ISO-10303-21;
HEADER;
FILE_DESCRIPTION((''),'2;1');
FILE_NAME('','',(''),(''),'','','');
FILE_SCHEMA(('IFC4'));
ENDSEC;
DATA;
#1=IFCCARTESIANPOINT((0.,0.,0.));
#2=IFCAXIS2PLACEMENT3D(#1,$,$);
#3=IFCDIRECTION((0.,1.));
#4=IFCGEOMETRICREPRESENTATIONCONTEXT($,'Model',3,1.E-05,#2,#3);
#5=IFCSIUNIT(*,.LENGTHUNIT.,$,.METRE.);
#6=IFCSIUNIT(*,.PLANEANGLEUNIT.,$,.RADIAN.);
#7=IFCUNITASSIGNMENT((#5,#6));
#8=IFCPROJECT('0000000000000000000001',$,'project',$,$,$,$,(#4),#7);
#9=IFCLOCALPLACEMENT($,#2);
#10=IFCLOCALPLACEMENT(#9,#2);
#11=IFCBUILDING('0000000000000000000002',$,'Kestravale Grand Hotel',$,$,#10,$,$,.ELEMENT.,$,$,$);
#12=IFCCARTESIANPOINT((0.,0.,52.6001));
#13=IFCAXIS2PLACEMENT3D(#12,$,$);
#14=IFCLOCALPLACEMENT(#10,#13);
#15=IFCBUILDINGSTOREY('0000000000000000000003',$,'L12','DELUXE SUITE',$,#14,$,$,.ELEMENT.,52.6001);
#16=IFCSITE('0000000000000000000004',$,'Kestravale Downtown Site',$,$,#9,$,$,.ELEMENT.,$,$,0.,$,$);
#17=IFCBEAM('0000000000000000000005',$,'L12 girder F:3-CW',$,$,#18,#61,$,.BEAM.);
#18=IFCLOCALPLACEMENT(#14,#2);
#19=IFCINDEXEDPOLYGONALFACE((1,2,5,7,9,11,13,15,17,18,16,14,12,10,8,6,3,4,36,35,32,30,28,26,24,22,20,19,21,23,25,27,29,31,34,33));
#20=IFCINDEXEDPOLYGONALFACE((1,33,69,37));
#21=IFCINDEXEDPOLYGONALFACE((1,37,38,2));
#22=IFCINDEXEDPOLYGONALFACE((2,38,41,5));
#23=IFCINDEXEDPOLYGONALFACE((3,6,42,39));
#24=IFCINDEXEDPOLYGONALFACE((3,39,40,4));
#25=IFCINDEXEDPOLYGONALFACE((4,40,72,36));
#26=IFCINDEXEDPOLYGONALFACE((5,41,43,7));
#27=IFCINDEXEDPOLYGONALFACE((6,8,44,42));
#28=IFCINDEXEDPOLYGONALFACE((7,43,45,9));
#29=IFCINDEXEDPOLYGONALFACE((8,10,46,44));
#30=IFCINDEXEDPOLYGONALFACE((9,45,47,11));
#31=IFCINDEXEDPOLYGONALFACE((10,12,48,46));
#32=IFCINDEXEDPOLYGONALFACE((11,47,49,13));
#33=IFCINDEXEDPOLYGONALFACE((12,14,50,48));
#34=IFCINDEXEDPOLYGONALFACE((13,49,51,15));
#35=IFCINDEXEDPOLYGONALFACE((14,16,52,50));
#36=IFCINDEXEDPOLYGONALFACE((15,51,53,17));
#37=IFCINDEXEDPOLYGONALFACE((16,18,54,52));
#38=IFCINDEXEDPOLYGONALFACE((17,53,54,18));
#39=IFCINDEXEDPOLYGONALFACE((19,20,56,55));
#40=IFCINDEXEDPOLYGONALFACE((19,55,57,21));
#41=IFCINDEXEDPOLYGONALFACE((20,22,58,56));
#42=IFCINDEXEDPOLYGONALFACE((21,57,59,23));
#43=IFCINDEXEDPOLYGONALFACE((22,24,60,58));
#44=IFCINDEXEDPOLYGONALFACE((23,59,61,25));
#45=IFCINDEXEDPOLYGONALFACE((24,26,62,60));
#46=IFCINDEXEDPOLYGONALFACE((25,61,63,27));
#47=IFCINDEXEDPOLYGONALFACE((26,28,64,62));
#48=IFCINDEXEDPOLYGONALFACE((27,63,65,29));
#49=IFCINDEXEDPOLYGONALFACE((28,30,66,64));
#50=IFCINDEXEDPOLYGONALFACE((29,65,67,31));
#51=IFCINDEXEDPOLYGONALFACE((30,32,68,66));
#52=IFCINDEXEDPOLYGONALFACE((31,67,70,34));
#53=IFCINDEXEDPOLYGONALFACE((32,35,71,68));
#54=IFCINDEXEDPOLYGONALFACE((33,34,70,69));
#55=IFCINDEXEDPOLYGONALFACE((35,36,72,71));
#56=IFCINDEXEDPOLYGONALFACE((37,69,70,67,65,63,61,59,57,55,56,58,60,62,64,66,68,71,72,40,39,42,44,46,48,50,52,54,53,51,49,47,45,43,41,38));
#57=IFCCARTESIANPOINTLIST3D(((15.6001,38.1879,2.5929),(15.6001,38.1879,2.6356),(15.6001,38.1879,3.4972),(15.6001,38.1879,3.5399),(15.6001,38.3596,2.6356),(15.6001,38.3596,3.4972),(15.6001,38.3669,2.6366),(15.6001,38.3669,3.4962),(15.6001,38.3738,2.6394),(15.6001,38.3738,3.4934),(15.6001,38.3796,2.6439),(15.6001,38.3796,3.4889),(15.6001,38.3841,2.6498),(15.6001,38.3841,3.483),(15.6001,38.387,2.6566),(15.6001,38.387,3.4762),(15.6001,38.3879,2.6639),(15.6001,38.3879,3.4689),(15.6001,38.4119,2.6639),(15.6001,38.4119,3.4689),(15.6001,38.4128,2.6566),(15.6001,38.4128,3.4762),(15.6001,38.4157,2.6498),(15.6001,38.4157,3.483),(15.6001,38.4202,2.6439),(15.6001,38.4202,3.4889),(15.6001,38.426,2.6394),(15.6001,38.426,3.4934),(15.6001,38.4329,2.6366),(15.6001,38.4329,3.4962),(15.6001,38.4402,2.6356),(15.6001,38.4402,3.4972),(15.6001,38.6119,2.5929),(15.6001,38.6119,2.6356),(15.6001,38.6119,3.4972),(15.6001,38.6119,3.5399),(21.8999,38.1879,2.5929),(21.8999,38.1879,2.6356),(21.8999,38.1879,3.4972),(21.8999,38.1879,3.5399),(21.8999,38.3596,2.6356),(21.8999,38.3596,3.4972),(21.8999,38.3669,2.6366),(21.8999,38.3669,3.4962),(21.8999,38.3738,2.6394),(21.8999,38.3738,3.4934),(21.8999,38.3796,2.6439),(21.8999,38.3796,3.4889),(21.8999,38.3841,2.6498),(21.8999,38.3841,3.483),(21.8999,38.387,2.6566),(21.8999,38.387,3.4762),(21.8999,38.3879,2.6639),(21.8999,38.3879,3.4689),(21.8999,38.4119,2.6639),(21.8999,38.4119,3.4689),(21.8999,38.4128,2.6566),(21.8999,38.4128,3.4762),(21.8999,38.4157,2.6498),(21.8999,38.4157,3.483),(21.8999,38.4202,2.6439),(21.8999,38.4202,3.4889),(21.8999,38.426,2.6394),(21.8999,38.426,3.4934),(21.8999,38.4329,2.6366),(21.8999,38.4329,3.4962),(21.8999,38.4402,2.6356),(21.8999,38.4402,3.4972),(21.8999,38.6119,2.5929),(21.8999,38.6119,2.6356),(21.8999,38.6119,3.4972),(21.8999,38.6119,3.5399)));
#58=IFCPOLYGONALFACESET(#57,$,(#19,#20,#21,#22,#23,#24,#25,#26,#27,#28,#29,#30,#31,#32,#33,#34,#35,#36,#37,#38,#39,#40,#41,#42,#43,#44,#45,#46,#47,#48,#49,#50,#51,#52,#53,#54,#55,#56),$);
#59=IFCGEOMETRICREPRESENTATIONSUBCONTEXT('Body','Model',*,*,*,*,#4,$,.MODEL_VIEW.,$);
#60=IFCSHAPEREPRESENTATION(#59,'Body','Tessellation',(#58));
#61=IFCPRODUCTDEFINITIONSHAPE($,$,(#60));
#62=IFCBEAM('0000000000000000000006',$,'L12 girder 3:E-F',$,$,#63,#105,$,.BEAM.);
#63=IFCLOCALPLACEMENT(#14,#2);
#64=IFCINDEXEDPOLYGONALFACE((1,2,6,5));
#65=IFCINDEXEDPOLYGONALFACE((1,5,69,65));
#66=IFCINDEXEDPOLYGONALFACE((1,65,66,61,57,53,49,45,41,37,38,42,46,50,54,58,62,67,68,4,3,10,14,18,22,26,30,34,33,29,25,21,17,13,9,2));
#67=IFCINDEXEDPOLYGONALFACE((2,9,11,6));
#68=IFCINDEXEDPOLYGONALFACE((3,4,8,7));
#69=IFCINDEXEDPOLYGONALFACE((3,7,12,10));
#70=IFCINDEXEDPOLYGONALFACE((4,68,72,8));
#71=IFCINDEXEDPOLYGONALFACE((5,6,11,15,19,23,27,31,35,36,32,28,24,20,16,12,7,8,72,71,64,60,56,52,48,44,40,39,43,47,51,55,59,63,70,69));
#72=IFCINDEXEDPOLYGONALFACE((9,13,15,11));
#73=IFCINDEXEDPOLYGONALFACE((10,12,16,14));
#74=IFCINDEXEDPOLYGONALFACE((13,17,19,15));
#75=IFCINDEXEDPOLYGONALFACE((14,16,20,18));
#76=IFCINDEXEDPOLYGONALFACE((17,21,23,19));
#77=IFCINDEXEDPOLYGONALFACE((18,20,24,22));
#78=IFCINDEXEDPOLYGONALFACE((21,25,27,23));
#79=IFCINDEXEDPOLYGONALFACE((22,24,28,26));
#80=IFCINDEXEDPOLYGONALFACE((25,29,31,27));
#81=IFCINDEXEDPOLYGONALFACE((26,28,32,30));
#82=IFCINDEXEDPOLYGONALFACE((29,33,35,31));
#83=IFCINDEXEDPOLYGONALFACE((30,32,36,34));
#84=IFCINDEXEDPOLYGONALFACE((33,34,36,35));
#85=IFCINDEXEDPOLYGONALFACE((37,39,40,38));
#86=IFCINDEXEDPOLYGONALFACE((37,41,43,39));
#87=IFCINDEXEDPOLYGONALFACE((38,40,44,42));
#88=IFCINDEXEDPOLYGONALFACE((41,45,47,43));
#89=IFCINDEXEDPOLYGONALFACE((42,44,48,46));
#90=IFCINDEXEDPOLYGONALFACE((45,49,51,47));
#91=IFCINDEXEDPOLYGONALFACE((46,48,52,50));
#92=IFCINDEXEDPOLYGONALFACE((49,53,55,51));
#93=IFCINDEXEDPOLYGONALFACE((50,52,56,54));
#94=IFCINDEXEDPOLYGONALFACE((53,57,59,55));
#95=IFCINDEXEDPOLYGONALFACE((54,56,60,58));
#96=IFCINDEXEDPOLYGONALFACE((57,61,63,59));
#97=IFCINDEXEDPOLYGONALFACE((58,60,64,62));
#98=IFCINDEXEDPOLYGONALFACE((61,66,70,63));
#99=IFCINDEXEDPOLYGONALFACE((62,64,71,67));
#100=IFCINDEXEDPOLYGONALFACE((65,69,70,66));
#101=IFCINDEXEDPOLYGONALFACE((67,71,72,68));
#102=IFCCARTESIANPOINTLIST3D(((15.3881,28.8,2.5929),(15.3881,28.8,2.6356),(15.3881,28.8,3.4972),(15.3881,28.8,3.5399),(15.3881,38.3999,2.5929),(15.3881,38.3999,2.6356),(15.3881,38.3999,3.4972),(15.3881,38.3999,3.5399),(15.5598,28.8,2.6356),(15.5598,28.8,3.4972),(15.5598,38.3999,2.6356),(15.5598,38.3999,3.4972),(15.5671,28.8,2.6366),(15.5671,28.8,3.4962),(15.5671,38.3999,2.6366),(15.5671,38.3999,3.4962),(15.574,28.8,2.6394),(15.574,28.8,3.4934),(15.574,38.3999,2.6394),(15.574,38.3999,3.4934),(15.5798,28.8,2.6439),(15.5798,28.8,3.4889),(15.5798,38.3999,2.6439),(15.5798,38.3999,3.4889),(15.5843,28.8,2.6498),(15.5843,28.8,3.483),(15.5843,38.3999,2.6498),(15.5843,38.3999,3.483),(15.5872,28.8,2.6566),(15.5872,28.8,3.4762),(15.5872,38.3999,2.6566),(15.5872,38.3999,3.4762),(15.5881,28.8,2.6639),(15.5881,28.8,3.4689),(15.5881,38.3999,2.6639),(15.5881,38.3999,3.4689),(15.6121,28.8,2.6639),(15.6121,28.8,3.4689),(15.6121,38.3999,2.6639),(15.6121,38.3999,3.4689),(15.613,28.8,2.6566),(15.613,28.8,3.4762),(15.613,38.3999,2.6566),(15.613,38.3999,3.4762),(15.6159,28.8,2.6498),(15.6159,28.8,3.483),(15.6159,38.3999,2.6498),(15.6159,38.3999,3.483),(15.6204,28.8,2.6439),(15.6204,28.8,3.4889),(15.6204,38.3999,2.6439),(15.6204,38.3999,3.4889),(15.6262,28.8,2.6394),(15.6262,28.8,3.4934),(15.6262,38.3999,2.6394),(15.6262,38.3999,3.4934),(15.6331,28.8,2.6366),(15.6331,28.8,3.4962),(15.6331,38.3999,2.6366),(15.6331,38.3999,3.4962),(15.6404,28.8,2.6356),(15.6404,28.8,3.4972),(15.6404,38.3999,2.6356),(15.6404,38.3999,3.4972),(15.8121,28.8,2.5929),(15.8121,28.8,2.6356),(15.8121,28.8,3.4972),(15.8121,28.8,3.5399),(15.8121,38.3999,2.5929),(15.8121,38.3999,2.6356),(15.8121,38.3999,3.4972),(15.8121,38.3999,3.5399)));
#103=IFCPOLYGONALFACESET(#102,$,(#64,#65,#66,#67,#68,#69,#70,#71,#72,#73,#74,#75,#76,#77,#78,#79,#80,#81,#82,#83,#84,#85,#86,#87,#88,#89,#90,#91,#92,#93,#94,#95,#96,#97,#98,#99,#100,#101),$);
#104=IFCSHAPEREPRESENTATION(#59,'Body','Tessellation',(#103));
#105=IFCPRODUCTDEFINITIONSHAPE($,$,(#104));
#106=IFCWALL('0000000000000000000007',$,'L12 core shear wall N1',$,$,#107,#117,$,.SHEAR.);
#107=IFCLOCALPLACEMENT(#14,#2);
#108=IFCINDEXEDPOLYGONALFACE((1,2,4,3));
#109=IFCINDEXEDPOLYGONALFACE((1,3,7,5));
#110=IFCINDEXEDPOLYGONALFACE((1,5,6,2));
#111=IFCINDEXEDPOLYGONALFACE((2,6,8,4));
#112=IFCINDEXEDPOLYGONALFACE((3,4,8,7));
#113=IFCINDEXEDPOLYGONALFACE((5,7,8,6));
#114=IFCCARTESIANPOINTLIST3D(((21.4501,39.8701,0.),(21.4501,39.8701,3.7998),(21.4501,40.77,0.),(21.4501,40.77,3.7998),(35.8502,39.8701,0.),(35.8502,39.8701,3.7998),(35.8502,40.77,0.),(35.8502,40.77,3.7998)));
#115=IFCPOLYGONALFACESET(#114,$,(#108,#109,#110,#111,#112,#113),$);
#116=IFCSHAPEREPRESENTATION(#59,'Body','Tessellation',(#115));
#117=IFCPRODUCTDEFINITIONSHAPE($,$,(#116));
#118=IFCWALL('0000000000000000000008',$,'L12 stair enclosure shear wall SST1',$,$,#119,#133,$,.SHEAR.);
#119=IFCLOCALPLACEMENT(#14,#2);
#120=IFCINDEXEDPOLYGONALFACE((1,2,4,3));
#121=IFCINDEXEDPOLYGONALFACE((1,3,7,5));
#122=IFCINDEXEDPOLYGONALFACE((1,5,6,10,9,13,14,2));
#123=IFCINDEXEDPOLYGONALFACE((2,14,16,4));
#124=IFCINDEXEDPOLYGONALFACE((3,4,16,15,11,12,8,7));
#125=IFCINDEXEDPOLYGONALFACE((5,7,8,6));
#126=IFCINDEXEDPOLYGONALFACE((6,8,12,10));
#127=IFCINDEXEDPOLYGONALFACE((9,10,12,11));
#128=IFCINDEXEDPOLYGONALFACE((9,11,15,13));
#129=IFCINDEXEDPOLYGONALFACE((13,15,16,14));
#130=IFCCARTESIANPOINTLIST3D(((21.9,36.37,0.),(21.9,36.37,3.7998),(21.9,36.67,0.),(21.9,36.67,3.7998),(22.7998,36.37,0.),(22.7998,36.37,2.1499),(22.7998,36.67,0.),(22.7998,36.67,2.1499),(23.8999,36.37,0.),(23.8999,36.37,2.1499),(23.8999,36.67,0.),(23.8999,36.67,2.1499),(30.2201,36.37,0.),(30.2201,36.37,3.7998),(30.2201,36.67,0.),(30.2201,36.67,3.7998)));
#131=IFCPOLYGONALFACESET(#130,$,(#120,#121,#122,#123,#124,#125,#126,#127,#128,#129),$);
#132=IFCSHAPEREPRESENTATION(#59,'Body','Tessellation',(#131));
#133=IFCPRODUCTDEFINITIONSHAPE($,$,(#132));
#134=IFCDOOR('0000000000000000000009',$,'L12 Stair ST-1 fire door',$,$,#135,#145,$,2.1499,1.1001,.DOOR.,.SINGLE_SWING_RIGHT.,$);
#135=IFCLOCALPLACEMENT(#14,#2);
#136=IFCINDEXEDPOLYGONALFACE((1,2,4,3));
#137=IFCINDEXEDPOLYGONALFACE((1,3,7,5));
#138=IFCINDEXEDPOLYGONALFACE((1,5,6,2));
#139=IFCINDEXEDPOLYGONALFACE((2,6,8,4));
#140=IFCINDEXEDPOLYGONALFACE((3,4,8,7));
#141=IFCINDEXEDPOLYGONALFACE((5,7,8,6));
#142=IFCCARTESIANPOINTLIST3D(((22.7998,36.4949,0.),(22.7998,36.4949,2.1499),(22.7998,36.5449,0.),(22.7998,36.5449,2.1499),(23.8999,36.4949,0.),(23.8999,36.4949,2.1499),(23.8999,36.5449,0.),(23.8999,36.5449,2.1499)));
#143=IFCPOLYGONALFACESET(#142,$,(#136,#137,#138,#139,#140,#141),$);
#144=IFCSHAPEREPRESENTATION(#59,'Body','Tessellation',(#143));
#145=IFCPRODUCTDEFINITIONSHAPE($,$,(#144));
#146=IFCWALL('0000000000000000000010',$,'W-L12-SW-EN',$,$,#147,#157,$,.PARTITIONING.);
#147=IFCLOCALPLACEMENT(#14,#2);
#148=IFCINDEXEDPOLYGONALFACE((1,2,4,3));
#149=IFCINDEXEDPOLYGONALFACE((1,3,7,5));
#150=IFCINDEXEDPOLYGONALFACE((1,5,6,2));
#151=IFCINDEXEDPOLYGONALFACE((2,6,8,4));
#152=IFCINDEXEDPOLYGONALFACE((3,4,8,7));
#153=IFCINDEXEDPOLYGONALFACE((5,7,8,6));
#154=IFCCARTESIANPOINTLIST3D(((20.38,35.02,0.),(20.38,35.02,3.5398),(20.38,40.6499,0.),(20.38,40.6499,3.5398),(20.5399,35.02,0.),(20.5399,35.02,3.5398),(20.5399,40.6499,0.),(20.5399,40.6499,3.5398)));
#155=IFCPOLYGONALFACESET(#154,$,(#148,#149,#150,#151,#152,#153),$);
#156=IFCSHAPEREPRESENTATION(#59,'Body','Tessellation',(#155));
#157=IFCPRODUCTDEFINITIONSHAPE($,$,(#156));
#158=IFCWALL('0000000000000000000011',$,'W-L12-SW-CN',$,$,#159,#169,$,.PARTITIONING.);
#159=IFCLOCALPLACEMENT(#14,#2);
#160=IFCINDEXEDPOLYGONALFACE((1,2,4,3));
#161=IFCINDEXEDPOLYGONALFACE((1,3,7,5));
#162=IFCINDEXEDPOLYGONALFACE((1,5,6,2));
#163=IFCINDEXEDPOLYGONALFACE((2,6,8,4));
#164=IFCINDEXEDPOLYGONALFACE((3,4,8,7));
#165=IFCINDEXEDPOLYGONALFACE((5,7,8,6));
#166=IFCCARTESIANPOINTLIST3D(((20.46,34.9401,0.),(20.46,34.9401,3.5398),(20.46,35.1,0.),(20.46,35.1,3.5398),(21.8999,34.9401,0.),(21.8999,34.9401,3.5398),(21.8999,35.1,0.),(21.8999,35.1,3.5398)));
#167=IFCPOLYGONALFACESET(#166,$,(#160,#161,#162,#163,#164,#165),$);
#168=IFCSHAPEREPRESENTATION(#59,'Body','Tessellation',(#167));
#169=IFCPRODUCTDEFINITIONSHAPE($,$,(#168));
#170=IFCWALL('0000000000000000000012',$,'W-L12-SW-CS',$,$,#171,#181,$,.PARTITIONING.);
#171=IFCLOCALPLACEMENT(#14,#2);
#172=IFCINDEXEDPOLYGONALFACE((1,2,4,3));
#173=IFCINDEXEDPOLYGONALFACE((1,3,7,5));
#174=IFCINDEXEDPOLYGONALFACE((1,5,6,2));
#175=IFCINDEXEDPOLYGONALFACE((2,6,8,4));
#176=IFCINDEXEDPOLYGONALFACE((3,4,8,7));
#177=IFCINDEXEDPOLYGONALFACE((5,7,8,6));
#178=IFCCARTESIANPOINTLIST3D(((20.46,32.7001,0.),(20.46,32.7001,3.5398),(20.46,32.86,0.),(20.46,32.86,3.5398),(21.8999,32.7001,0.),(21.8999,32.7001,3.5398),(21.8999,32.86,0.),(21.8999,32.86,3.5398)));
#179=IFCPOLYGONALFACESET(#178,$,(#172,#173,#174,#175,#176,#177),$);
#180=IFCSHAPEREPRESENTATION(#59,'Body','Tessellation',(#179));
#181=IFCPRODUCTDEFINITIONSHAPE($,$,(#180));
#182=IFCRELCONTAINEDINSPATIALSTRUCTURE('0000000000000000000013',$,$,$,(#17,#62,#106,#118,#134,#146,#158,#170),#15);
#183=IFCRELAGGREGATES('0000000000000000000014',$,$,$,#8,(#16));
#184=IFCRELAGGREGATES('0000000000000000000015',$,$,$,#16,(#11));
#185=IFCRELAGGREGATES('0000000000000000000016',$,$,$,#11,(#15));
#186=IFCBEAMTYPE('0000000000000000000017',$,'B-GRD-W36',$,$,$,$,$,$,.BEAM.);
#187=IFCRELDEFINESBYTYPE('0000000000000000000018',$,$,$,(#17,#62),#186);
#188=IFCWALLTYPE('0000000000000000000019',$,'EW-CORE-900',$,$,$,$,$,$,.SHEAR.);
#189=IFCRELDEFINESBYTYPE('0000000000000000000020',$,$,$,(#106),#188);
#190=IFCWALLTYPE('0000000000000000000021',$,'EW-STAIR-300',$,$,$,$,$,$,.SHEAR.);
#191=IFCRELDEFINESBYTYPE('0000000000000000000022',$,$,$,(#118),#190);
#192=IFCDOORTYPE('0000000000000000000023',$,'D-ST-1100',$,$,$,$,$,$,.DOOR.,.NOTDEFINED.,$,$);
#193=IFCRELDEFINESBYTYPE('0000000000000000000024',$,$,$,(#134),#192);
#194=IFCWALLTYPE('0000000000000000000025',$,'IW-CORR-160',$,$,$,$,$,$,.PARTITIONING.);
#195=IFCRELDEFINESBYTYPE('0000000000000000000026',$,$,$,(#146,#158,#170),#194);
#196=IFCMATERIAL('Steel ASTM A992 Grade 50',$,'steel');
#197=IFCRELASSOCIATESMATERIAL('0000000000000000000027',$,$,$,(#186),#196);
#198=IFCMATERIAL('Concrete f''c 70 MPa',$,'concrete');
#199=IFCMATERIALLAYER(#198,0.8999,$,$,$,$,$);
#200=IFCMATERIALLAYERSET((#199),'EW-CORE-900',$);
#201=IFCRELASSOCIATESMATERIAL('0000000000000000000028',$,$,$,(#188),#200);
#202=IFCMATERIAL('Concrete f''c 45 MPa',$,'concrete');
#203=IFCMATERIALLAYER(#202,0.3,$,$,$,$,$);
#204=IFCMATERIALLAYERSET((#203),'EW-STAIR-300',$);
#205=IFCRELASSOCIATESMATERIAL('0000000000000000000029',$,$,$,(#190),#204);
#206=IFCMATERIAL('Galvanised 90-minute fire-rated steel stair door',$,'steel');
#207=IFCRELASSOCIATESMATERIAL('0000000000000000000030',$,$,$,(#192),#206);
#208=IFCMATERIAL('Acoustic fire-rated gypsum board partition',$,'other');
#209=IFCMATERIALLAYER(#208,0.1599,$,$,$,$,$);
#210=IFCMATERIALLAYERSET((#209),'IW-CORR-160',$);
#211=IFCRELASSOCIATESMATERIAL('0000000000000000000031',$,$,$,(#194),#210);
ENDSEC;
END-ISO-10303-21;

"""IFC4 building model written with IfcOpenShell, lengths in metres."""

from ifc_helpers import new_model, si_unit, direction, frame, frame_2d, origin, origin_2d, place, context, subcontext, project, spatial, rectangle, i_section, extrude, material, layer, layer_set, material_profile, profile_set, type_object, element, fill, save


model = new_model("IFC4")

# Units and contexts
model_context = context("Model", 3, precision=1e-05, world=origin(), true_north=direction((0.0, 1.0)))
body_context = subcontext(model_context, "Body", "Model", "MODEL_VIEW")
ifc_project = project(units=[si_unit("LENGTHUNIT", "METRE"), si_unit("PLANEANGLEUNIT", "RADIAN")], contexts=[model_context])

# Site, building, storey
site_placement = place(None, origin())
site = spatial("IfcSite", under=ifc_project, at=site_placement, Name="Kestravale Downtown Site", CompositionType="ELEMENT", RefElevation=0.0)
building_placement = place(site_placement, origin())
building = spatial("IfcBuilding", under=site, at=building_placement, Name="Kestravale Grand Hotel", CompositionType="ELEMENT")
storey_placement = place(building_placement, frame((0.0, 0.0, 52.6001)))
storey = spatial("IfcBuildingStorey", under=building, at=storey_placement, Name="L12", Description="DELUXE SUITE", CompositionType="ELEMENT", Elevation=52.6001)

# Beams
ifc_material_1 = material(Name="Steel ASTM A992 Grade 50", Category="steel")
ifc_material_profile_1 = material_profile(ifc_material_1, i_section(OverallWidth=0.4241, OverallDepth=0.947, WebThickness=0.0239, FlangeThickness=0.0427, FilletRadius=0.0283, at=origin_2d()))
ifc_profile_set_1 = profile_set([ifc_material_profile_1], Name="Steel ASTM A992 Grade 50")
beam_type_1 = type_object("IfcBeamType", Name="B-GRD-W36", PredefinedType="BEAM", material=ifc_profile_set_1)
for number, where, z_axis, x_axis, name in (
    (1, (15.6001, 38.3999, 3.0664), (1.0, 0.0, 0.0), (0.0, 1.0, 0.0), "L12 girder F:3-CW"),
):
    element("IfcBeam", number, at=place(storey_placement, frame(where, z_axis=z_axis, x_axis=x_axis)), inside=storey, type_object=beam_type_1, Name=name, PredefinedType="BEAM", context=body_context, shape_type="SweptSolid", body=[
        extrude(i_section(OverallWidth=0.4241, OverallDepth=0.947, WebThickness=0.0239, FlangeThickness=0.0427, FilletRadius=0.0283, at=origin_2d()), origin(), (0.0, 0.0, 1.0), 6.2998),
    ])
beam_1_placement = place(storey_placement, frame((15.6001, 28.8, 3.0664), z_axis=(0.0, 1.0, 0.0), x_axis=(-1.0, 0.0, 0.0)))
element("IfcBeam", 2, at=beam_1_placement, inside=storey, type_object=beam_type_1, Name="L12 girder 3:E-F", PredefinedType="BEAM", context=body_context, shape_type="SweptSolid", body=[
    extrude(i_section(OverallWidth=0.4241, OverallDepth=0.947, WebThickness=0.0239, FlangeThickness=0.0427, FilletRadius=0.0283, at=origin_2d()), origin(), (0.0, 0.0, 1.0), 9.5999),
])

# Wall
ifc_material_2 = material(Name="Concrete f'c 70 MPa", Category="concrete")
ifc_layer_1 = layer(ifc_material_2, 0.8999)
ifc_layer_set_1 = layer_set([ifc_layer_1], Name="EW-CORE-900")
wall_type_1 = type_object("IfcWallType", Name="EW-CORE-900", PredefinedType="SHEAR", material=ifc_layer_set_1)
wall_1_placement = place(storey_placement, frame((21.45, 40.3201, 0.0), z_axis=(0.0, 0.0, 1.0), x_axis=(1.0, 0.0, 0.0)))
element("IfcWall", 3, at=wall_1_placement, inside=storey, type_object=wall_type_1, Name="L12 core shear wall N1", PredefinedType="SHEAR", context=body_context, shape_type="SweptSolid", body=[
    extrude(rectangle(XDim=14.4001, YDim=0.8999, at=frame_2d((7.2002, 0.0))), origin(), (0.0, 0.0, 1.0), 3.7998),
])

# Wall, opening, door
ifc_material_3 = material(Name="Concrete f'c 45 MPa", Category="concrete")
ifc_layer_2 = layer(ifc_material_3, 0.3)
ifc_layer_set_2 = layer_set([ifc_layer_2], Name="EW-STAIR-300")
wall_type_2 = type_object("IfcWallType", Name="EW-STAIR-300", PredefinedType="SHEAR", material=ifc_layer_set_2)
wall_2_placement = place(storey_placement, frame((21.8999, 36.52, 0.0), z_axis=(0.0, 0.0, 1.0), x_axis=(1.0, 0.0, 0.0)))
wall_2 = element("IfcWall", 4, at=wall_2_placement, inside=storey, type_object=wall_type_2, Name="L12 stair enclosure shear wall SST1", PredefinedType="SHEAR", context=body_context, shape_type="SweptSolid", body=[
    extrude(rectangle(XDim=8.3201, YDim=0.3, at=frame_2d((4.1602, 0.0))), origin(), (0.0, 0.0, 1.0), 3.7998),
])
opening_1_placement = place(wall_2_placement, frame((0.8999, 0.0, 0.0)))
opening_1 = element("IfcOpeningElement", 5, at=opening_1_placement, cuts=wall_2, PredefinedType="OPENING", context=body_context, shape_type="SweptSolid", body=[
    extrude(rectangle(XDim=1.1001, YDim=2.1499, at=frame_2d((0.55, 1.075))), frame((0.0, 0.1599, 0.0), z_axis=(0.0, -1.0, 0.0), x_axis=(1.0, 0.0, 0.0)), (0.0, 0.0, 1.0), 0.3201),
])
ifc_material_4 = material(Name="Galvanised 90-minute fire-rated steel stair door", Category="steel")
door_type_1 = type_object("IfcDoorType", Name="D-ST-1100", OperationType="NOTDEFINED", PredefinedType="DOOR", material=ifc_material_4)
door_1_placement = place(opening_1_placement, origin())
door_1 = element("IfcDoor", 6, at=door_1_placement, inside=storey, type_object=door_type_1, Name="L12 Stair ST-1 fire door", OperationType="SINGLE_SWING_RIGHT", OverallHeight=2.1499, OverallWidth=1.1001, PredefinedType="DOOR", context=body_context, shape_type="SweptSolid", body=[
    extrude(rectangle(XDim=1.1001, YDim=2.1499, at=frame_2d((0.55, 1.075))), frame((0.0, 0.0249, 0.0), z_axis=(0.0, -1.0, 0.0), x_axis=(1.0, 0.0, 0.0)), (0.0, 0.0, 1.0), 0.05),
])
fill(opening_1, door_1)

# Walls
ifc_material_5 = material(Name="Acoustic fire-rated gypsum board partition", Category="other")
ifc_layer_3 = layer(ifc_material_5, 0.1599)
ifc_layer_set_3 = layer_set([ifc_layer_3], Name="IW-CORR-160")
wall_type_3 = type_object("IfcWallType", Name="IW-CORR-160", PredefinedType="PARTITIONING", material=ifc_layer_set_3)
wall_3_placement = place(storey_placement, frame((20.46, 35.02, 0.0), z_axis=(0.0, 0.0, 1.0), x_axis=(0.0, 1.0, 0.0)))
element("IfcWall", 7, at=wall_3_placement, inside=storey, type_object=wall_type_3, Name="W-L12-SW-EN", PredefinedType="PARTITIONING", context=body_context, shape_type="SweptSolid", body=[
    extrude(rectangle(XDim=5.6299, YDim=0.1599, at=frame_2d((2.8149, 0.0))), origin(), (0.0, 0.0, 1.0), 3.5398),
])
for number, where, z_axis, x_axis, name in (
    (8, (20.46, 35.02, 0.0), (0.0, 0.0, 1.0), (1.0, 0.0, 0.0), "W-L12-SW-CN"),
    (9, (20.46, 32.78, 0.0), (0.0, 0.0, 1.0), (1.0, 0.0, 0.0), "W-L12-SW-CS"),
):
    element("IfcWall", number, at=place(storey_placement, frame(where, z_axis=z_axis, x_axis=x_axis)), inside=storey, type_object=wall_type_3, Name=name, PredefinedType="PARTITIONING", context=body_context, shape_type="SweptSolid", body=[
        extrude(rectangle(XDim=1.4399, YDim=0.1599, at=frame_2d((0.72, 0.0))), origin(), (0.0, 0.0, 1.0), 3.5398),
    ])

save(model, "model.ifc")
